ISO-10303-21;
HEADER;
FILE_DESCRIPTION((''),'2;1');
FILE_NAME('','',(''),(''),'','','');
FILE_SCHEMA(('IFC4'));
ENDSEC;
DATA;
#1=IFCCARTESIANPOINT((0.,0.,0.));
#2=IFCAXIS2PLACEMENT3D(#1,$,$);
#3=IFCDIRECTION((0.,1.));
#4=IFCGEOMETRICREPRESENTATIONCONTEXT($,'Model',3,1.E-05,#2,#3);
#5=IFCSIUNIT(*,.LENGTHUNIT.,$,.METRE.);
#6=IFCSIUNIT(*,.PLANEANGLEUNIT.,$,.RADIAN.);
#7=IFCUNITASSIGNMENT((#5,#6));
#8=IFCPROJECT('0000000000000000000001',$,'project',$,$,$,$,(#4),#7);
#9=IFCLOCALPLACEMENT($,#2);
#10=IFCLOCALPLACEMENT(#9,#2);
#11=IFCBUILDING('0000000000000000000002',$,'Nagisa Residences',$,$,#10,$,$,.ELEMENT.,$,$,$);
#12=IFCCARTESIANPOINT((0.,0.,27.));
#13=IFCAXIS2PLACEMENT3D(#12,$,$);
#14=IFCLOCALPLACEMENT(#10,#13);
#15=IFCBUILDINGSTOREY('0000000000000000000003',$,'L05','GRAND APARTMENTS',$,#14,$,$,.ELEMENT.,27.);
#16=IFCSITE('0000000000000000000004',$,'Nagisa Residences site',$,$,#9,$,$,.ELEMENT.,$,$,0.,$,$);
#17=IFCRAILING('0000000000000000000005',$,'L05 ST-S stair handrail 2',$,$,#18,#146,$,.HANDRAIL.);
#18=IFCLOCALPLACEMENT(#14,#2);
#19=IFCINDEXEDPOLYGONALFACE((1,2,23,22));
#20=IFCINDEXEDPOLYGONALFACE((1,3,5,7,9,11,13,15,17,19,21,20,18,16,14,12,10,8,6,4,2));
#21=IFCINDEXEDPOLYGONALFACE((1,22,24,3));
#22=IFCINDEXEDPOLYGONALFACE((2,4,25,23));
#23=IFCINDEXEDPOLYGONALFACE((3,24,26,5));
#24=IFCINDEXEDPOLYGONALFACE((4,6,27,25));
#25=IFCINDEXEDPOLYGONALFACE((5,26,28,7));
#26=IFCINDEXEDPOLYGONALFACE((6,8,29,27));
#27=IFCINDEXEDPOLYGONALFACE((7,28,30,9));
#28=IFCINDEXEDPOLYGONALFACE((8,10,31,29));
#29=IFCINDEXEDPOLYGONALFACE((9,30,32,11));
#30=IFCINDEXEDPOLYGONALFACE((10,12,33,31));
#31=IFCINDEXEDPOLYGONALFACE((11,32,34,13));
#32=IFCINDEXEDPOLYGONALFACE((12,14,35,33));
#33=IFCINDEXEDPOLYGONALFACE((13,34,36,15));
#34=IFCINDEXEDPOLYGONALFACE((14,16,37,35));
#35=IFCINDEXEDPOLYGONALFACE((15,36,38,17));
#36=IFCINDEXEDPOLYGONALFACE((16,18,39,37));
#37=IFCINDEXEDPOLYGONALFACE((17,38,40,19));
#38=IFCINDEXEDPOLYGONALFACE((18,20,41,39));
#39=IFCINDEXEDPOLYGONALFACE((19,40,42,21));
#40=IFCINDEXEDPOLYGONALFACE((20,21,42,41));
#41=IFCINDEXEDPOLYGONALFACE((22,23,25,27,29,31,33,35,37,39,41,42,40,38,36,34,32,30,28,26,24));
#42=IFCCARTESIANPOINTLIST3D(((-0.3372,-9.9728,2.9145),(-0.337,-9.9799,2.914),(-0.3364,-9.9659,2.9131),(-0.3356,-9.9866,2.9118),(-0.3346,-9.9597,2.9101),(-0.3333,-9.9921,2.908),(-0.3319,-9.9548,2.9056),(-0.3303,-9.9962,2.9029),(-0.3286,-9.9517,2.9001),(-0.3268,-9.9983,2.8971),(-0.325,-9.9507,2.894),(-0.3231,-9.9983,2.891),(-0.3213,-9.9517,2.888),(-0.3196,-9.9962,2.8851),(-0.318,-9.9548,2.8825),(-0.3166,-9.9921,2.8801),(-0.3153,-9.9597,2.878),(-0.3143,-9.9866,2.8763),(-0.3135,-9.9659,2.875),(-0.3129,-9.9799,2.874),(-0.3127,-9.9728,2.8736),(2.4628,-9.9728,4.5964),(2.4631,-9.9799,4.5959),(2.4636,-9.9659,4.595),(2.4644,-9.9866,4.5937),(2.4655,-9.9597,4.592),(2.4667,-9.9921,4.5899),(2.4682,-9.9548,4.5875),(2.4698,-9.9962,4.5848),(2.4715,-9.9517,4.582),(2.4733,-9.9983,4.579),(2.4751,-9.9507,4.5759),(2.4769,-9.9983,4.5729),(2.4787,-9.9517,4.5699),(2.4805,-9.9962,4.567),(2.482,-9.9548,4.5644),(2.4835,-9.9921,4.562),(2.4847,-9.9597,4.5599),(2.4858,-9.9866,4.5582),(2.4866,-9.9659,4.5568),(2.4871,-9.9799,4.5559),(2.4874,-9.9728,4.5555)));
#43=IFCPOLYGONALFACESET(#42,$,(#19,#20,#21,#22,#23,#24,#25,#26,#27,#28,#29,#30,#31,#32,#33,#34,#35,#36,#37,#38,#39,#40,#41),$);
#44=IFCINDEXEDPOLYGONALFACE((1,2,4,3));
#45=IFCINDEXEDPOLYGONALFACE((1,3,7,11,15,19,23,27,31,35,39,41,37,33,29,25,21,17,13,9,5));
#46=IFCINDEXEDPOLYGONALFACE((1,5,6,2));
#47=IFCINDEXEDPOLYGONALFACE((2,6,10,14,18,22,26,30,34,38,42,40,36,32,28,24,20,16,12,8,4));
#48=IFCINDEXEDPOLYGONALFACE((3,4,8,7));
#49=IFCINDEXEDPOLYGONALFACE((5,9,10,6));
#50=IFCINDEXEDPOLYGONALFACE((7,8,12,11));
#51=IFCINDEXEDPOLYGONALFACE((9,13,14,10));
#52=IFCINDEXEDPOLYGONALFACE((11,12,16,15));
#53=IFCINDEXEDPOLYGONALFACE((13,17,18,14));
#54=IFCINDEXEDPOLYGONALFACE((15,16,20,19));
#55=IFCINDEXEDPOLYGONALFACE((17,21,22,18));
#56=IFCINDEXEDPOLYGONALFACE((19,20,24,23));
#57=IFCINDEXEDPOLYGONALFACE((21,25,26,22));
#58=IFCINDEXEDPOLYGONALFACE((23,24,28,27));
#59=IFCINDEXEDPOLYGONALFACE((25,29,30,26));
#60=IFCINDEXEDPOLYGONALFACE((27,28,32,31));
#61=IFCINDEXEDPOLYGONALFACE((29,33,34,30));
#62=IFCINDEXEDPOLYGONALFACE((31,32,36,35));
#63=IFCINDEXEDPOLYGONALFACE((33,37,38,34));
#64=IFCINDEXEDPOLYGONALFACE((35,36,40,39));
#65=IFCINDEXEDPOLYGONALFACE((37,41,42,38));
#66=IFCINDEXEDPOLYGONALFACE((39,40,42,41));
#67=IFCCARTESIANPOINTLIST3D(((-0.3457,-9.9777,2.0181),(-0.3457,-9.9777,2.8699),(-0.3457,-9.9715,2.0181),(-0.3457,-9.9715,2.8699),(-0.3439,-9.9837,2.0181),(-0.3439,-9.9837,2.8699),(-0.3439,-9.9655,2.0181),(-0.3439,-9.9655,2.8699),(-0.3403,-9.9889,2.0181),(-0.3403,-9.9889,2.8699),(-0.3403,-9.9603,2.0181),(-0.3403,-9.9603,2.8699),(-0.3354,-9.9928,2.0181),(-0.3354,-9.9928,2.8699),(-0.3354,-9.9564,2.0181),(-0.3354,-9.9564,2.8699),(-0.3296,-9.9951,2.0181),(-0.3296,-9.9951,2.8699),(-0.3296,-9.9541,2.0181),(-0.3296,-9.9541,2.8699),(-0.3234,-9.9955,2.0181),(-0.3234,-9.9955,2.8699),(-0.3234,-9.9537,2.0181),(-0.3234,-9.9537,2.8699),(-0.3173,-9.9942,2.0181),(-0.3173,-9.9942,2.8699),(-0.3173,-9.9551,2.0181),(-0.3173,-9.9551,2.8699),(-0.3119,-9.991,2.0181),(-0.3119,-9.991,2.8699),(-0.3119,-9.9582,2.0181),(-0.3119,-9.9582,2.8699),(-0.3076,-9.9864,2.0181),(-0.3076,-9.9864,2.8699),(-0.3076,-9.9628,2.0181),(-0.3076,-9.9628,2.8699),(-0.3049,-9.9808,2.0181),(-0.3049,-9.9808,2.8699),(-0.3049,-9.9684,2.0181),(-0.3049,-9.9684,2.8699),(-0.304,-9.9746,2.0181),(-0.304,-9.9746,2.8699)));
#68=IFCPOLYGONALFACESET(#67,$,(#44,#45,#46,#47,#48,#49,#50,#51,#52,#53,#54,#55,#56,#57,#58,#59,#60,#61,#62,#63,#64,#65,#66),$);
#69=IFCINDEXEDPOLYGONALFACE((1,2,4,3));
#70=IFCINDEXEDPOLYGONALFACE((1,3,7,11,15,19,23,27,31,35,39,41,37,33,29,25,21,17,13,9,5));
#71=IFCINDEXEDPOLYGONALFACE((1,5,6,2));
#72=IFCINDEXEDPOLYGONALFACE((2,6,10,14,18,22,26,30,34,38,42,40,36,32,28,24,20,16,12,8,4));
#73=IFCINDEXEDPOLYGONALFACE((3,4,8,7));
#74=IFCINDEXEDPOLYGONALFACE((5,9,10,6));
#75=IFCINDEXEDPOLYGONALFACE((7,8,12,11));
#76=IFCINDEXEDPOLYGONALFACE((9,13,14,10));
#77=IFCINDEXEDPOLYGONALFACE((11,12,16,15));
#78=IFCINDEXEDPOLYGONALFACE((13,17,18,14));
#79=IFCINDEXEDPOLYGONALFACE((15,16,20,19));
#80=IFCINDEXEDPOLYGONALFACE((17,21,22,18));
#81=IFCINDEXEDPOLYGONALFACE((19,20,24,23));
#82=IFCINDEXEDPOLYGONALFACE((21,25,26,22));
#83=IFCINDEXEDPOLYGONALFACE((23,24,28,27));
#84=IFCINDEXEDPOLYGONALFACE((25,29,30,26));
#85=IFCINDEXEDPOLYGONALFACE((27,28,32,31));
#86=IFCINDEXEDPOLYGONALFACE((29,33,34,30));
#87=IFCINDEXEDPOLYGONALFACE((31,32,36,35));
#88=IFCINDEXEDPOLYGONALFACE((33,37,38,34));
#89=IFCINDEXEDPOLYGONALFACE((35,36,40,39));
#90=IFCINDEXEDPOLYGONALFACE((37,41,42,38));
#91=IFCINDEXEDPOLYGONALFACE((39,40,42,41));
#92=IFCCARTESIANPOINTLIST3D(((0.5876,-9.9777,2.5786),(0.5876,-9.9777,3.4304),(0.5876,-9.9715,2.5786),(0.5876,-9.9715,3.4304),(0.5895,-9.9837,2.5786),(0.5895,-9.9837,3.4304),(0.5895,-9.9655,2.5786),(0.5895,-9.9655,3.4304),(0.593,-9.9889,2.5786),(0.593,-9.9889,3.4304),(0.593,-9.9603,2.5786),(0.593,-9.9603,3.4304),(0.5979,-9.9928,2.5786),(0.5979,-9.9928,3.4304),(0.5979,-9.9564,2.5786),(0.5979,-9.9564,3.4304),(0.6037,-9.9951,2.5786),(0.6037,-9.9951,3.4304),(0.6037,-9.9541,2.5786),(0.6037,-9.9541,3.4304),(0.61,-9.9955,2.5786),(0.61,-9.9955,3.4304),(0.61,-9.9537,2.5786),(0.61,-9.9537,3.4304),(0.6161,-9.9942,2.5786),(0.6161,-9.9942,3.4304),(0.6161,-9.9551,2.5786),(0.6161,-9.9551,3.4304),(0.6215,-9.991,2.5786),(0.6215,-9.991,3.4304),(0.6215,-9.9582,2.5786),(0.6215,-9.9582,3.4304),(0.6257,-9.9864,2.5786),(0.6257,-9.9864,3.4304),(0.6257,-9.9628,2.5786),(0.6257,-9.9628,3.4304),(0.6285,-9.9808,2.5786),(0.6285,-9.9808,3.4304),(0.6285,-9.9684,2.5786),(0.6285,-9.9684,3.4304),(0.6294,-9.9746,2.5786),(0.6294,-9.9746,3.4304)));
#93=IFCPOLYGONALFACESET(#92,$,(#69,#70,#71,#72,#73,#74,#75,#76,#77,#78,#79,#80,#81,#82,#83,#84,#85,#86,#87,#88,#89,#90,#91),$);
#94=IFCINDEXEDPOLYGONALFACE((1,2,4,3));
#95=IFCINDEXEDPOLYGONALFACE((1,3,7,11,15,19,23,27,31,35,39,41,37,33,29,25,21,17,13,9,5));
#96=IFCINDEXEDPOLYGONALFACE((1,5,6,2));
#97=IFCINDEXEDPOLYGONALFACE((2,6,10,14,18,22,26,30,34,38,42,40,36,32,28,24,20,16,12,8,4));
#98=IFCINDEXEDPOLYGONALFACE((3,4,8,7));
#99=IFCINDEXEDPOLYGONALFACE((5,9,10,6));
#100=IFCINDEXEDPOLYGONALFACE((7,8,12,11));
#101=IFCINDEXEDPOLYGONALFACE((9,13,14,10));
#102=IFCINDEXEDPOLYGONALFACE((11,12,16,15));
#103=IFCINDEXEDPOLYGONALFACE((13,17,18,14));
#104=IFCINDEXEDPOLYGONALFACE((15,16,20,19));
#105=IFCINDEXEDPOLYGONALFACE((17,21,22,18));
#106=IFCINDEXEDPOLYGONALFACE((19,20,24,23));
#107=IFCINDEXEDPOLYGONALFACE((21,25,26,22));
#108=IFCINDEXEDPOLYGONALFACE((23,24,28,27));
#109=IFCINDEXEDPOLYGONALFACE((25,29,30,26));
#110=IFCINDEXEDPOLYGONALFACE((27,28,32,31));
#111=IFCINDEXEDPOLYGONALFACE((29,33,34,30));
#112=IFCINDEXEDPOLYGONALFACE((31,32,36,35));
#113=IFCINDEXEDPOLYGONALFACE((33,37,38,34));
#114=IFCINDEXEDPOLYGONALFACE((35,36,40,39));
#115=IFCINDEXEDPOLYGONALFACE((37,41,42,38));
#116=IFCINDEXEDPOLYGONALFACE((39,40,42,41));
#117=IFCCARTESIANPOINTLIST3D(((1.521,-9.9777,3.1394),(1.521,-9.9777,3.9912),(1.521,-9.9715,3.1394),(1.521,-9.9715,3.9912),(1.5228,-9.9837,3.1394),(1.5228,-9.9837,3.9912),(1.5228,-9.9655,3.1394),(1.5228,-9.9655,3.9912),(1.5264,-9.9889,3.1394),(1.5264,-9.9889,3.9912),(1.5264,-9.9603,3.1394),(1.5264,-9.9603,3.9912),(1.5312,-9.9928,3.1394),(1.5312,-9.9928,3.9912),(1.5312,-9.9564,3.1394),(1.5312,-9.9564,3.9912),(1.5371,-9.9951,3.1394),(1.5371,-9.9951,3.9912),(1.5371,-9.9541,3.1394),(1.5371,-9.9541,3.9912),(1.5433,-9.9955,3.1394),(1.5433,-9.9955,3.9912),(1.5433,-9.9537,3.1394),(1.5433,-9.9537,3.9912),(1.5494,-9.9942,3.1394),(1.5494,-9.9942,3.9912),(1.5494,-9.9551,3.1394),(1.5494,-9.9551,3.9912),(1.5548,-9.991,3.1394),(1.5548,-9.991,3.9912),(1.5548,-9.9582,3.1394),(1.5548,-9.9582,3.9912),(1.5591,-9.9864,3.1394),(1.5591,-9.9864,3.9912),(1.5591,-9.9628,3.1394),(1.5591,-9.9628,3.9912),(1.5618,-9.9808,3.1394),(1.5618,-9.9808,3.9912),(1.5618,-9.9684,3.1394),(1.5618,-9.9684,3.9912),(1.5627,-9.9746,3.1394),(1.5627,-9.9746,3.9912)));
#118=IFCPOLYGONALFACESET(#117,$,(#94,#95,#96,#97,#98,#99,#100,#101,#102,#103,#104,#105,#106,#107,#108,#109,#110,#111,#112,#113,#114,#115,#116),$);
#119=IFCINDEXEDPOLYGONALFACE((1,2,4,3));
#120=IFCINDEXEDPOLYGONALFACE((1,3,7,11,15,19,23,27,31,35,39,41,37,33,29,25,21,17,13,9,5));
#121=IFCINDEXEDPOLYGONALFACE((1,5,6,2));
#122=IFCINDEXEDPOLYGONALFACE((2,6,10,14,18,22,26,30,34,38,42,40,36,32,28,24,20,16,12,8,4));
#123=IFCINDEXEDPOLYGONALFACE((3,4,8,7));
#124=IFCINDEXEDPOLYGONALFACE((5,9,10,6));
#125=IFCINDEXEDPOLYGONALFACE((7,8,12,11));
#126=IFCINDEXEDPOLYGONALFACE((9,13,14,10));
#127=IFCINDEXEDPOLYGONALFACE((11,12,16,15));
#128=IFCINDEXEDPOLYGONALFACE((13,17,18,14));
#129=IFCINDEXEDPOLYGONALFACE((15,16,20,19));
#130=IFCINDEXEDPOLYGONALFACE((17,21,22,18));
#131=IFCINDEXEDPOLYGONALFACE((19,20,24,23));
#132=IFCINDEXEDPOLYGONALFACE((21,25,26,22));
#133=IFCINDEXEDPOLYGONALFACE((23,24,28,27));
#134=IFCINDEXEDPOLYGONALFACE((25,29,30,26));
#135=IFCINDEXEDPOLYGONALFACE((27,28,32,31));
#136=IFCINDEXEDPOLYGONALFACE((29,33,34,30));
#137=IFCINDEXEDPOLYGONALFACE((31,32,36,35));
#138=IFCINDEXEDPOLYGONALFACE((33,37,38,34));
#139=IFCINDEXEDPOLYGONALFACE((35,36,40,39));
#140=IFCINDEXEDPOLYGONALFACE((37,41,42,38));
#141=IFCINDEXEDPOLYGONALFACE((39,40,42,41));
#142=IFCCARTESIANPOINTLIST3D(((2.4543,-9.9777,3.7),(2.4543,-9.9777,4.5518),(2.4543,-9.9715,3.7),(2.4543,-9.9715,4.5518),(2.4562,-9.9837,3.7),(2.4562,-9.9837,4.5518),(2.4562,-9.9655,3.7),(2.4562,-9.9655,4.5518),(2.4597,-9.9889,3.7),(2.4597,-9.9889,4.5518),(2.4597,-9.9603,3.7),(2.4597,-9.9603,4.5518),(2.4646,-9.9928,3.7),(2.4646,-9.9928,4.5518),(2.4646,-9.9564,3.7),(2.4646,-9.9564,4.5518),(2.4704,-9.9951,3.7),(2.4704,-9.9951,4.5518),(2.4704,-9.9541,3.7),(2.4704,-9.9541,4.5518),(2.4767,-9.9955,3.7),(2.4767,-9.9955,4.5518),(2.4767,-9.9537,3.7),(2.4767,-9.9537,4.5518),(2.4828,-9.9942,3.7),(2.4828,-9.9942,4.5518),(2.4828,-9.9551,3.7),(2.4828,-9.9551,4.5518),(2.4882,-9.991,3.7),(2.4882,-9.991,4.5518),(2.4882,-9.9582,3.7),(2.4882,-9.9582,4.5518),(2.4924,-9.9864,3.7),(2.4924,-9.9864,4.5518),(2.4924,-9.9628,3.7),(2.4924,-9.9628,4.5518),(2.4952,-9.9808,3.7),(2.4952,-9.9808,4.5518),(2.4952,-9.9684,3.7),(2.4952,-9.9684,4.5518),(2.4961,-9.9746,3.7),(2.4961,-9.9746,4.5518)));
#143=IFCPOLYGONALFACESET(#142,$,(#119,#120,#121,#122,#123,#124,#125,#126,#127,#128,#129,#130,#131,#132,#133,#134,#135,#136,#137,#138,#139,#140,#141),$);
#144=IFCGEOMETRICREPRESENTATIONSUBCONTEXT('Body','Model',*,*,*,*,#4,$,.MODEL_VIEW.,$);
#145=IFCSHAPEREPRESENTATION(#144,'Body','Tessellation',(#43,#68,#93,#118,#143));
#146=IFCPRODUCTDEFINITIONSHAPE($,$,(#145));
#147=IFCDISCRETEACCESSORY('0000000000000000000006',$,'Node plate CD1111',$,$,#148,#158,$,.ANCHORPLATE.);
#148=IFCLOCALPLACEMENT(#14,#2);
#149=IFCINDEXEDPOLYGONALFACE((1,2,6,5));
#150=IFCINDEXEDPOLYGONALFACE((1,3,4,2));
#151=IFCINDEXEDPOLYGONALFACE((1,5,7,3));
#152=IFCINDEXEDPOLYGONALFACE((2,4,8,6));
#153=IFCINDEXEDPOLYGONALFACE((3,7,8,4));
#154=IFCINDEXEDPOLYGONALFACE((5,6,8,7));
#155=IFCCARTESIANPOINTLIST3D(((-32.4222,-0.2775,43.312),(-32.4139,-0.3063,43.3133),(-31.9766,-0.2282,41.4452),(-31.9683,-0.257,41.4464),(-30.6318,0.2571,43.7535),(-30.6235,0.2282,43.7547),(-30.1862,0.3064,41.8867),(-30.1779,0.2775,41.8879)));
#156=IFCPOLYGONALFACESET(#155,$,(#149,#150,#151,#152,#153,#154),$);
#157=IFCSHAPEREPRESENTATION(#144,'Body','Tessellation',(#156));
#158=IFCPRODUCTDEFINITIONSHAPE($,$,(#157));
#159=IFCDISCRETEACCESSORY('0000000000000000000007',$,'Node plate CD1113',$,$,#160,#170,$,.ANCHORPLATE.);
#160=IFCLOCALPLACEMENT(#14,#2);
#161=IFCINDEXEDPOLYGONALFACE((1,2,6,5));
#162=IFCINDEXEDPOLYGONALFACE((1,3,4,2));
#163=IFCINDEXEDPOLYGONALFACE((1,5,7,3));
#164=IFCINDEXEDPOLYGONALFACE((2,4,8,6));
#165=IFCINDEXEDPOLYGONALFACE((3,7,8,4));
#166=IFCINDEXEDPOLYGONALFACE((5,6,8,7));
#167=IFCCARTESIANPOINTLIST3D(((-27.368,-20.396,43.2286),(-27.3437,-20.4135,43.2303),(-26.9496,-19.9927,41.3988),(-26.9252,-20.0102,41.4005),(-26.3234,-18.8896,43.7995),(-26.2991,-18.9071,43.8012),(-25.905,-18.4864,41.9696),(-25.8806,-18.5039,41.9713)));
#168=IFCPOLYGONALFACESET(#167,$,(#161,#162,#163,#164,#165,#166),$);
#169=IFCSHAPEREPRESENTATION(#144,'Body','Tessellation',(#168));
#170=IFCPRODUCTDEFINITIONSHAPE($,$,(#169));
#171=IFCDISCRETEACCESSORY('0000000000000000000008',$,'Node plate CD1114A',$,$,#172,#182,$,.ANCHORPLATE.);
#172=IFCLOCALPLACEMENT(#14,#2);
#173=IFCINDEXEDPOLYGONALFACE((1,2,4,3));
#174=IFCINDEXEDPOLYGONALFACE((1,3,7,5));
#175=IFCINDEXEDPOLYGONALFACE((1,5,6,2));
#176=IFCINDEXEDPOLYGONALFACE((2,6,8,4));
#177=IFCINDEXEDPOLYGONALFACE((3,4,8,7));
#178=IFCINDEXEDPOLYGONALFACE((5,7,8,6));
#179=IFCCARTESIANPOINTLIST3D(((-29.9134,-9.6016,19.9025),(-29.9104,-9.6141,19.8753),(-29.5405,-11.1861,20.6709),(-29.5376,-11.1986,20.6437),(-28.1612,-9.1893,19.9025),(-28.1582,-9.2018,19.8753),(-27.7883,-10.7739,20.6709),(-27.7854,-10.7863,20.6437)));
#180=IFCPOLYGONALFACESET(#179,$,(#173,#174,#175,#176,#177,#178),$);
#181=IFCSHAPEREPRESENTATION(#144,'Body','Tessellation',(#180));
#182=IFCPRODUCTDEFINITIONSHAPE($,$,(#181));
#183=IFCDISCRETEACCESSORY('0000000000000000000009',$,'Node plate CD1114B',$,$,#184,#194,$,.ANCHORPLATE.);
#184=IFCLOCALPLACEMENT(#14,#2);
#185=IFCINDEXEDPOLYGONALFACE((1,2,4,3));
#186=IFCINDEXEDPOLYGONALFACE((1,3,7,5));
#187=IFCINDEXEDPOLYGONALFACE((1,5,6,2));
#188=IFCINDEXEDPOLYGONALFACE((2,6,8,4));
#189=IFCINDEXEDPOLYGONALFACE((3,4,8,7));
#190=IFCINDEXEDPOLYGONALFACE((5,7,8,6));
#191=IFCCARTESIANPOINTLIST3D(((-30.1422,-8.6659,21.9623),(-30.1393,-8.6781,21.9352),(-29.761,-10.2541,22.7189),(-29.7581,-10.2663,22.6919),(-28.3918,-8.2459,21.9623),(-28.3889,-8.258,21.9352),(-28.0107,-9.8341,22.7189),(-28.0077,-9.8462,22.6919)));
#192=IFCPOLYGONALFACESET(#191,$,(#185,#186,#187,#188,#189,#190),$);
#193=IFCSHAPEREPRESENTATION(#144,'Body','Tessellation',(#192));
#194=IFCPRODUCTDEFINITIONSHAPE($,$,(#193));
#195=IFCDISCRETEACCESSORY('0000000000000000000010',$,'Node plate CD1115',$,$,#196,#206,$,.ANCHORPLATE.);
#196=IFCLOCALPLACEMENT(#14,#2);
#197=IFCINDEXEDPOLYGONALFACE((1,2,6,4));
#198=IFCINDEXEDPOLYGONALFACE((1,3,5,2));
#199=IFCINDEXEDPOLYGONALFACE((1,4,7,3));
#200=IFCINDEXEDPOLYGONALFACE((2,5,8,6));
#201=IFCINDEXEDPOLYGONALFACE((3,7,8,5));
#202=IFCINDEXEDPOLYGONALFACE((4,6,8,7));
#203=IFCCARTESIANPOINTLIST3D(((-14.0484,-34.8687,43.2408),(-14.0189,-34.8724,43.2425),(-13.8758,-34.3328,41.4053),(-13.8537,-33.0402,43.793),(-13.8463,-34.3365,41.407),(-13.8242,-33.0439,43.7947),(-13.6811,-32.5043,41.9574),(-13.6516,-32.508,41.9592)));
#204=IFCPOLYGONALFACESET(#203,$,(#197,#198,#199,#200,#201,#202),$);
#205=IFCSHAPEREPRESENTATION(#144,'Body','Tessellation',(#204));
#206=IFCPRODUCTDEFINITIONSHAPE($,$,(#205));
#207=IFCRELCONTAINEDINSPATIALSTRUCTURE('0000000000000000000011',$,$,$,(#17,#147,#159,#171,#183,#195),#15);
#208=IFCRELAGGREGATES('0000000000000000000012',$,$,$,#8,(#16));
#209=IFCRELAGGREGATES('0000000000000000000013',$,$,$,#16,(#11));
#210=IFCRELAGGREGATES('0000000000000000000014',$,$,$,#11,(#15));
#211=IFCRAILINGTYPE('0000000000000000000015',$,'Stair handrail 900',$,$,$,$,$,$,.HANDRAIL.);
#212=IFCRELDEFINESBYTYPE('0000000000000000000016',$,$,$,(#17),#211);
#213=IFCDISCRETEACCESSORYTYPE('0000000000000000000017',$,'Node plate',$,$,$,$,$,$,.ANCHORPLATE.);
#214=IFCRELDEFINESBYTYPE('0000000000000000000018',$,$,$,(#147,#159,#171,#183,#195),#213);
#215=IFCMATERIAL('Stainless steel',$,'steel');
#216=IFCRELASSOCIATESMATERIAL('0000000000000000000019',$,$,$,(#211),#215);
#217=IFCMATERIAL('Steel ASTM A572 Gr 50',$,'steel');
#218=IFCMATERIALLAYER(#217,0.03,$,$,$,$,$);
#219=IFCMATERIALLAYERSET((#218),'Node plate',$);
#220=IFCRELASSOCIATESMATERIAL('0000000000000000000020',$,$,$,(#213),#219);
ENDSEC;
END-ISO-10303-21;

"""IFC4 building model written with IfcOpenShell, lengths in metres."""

from ifc_helpers import new_model, si_unit, direction, frame, origin, origin_2d, place, context, subcontext, project, spatial, rectangle, circle, extrude, material, layer, layer_set, type_object, element, save


model = new_model("IFC4")

# Units and contexts
model_context = context("Model", 3, precision=1e-05, world=origin(), true_north=direction((0.0, 1.0)))
body_context = subcontext(model_context, "Body", "Model", "MODEL_VIEW")
ifc_project = project(units=[si_unit("LENGTHUNIT", "METRE"), si_unit("PLANEANGLEUNIT", "RADIAN")], contexts=[model_context])

# Site, building, storey
site_placement = place(None, origin())
site = spatial("IfcSite", under=ifc_project, at=site_placement, Name="Nagisa Residences site", CompositionType="ELEMENT", RefElevation=0.0)
building_placement = place(site_placement, origin())
building = spatial("IfcBuilding", under=site, at=building_placement, Name="Nagisa Residences", CompositionType="ELEMENT")
storey_placement = place(building_placement, frame((0.0, 0.0, 27.0)))
storey = spatial("IfcBuildingStorey", under=building, at=storey_placement, Name="L05", Description="GRAND APARTMENTS", CompositionType="ELEMENT", Elevation=27.0)

# Railing
ifc_material_1 = material(Name="Stainless steel", Category="steel")
railing_type = type_object("IfcRailingType", Name="Stair handrail 900", PredefinedType="HANDRAIL", material=ifc_material_1)
railing_placement = place(storey_placement, frame((-0.325, -9.9746, 2.0181)))
element("IfcRailing", 1, at=railing_placement, inside=storey, type_object=railing_type, Name="L05 ST-S stair handrail 2", PredefinedType="HANDRAIL", context=body_context, shape_type="SweptSolid", body=[
    extrude(circle(Radius=0.0239, at=origin_2d()), frame((0.0, 0.0, 0.876), z_axis=(0.857242, 0.0, 0.514913), x_axis=(0.0, 1.0, 0.0)), (0.0, 0.0, 1.0), 3.2664),
    extrude(circle(Radius=0.021, at=origin_2d()), origin(), (0.0, 0.0, 1.0), 0.8518),
    extrude(circle(Radius=0.021, at=origin_2d()), frame((0.9333, 0.0, 0.5605)), (0.0, 0.0, 1.0), 0.8518),
    extrude(circle(Radius=0.021, at=origin_2d()), frame((1.8667, 0.0, 1.1213)), (0.0, 0.0, 1.0), 0.8518),
    extrude(circle(Radius=0.021, at=origin_2d()), frame((2.8, 0.0, 1.6819)), (0.0, 0.0, 1.0), 0.8518),
])

# Discrete accessories
ifc_material_2 = material(Name="Steel ASTM A572 Gr 50", Category="steel")
ifc_layer_1 = layer(ifc_material_2, 0.03)
ifc_layer_set_1 = layer_set([ifc_layer_1], Name="Node plate")
discrete_accessory_type = type_object("IfcDiscreteAccessoryType", Name="Node plate", PredefinedType="ANCHORPLATE", material=ifc_layer_set_1)
for number, where, z_axis, x_axis, name in (
    (2, (-31.2959, -0.0144, 42.6006), (-0.276642, 0.960111, -0.040683), (0.2321, 0.025675, -0.972353), "Node plate CD1111"),
    (3, (-26.6365, -19.4412, 42.5991), (0.810228, -0.583364, 0.056716), (0.217944, 0.210038, -0.953092), "Node plate CD1113"),
):
    element("IfcDiscreteAccessory", number, at=place(storey_placement, frame(where, z_axis=z_axis, x_axis=x_axis)), inside=storey, type_object=discrete_accessory_type, Name=name, PredefinedType="ANCHORPLATE", context=body_context, shape_type="SweptSolid", body=[
        extrude(rectangle(XDim=1.9199, YDim=1.9199, at=origin_2d()), origin(), (0.0, 0.0, 1.0), 0.03),
    ])
discrete_accessory_1_placement = place(storey_placement, frame((-28.8479, -10.2002, 20.2595), z_axis=(-0.097765, 0.4155, 0.904324), x_axis=(-0.973417, -0.229039, 0.0)))
element("IfcDiscreteAccessory", 4, at=discrete_accessory_1_placement, inside=storey, type_object=discrete_accessory_type, Name="Node plate CD1114A", PredefinedType="ANCHORPLATE", context=body_context, shape_type="SweptSolid", body=[
    extrude(rectangle(XDim=1.8, YDim=1.8, at=origin_2d()), origin(), (0.0, 0.0, 1.0), 0.03),
])
discrete_accessory_2_placement = place(storey_placement, frame((-29.0764, -9.25, 22.3406), z_axis=(0.098094, -0.408725, -0.90737), x_axis=(0.972387, 0.233373, 0.0)))
element("IfcDiscreteAccessory", 5, at=discrete_accessory_2_placement, inside=storey, type_object=discrete_accessory_type, Name="Node plate CD1114B", PredefinedType="ANCHORPLATE", context=body_context, shape_type="SweptSolid", body=[
    extrude(rectangle(XDim=1.8, YDim=1.8, at=origin_2d()), origin(), (0.0, 0.0, 1.0), 0.0298),
])
discrete_accessory_3_placement = place(storey_placement, frame((-13.8647, -33.6865, 42.5991), z_axis=(0.990772, -0.122823, 0.057317), x_axis=(0.08991, 0.279127, -0.956036)))
element("IfcDiscreteAccessory", 6, at=discrete_accessory_3_placement, inside=storey, type_object=discrete_accessory_type, Name="Node plate CD1115", PredefinedType="ANCHORPLATE", context=body_context, shape_type="SweptSolid", body=[
    extrude(rectangle(XDim=1.9199, YDim=1.9199, at=origin_2d()), origin(), (0.0, 0.0, 1.0), 0.0298),
])

save(model, "model.ifc")
